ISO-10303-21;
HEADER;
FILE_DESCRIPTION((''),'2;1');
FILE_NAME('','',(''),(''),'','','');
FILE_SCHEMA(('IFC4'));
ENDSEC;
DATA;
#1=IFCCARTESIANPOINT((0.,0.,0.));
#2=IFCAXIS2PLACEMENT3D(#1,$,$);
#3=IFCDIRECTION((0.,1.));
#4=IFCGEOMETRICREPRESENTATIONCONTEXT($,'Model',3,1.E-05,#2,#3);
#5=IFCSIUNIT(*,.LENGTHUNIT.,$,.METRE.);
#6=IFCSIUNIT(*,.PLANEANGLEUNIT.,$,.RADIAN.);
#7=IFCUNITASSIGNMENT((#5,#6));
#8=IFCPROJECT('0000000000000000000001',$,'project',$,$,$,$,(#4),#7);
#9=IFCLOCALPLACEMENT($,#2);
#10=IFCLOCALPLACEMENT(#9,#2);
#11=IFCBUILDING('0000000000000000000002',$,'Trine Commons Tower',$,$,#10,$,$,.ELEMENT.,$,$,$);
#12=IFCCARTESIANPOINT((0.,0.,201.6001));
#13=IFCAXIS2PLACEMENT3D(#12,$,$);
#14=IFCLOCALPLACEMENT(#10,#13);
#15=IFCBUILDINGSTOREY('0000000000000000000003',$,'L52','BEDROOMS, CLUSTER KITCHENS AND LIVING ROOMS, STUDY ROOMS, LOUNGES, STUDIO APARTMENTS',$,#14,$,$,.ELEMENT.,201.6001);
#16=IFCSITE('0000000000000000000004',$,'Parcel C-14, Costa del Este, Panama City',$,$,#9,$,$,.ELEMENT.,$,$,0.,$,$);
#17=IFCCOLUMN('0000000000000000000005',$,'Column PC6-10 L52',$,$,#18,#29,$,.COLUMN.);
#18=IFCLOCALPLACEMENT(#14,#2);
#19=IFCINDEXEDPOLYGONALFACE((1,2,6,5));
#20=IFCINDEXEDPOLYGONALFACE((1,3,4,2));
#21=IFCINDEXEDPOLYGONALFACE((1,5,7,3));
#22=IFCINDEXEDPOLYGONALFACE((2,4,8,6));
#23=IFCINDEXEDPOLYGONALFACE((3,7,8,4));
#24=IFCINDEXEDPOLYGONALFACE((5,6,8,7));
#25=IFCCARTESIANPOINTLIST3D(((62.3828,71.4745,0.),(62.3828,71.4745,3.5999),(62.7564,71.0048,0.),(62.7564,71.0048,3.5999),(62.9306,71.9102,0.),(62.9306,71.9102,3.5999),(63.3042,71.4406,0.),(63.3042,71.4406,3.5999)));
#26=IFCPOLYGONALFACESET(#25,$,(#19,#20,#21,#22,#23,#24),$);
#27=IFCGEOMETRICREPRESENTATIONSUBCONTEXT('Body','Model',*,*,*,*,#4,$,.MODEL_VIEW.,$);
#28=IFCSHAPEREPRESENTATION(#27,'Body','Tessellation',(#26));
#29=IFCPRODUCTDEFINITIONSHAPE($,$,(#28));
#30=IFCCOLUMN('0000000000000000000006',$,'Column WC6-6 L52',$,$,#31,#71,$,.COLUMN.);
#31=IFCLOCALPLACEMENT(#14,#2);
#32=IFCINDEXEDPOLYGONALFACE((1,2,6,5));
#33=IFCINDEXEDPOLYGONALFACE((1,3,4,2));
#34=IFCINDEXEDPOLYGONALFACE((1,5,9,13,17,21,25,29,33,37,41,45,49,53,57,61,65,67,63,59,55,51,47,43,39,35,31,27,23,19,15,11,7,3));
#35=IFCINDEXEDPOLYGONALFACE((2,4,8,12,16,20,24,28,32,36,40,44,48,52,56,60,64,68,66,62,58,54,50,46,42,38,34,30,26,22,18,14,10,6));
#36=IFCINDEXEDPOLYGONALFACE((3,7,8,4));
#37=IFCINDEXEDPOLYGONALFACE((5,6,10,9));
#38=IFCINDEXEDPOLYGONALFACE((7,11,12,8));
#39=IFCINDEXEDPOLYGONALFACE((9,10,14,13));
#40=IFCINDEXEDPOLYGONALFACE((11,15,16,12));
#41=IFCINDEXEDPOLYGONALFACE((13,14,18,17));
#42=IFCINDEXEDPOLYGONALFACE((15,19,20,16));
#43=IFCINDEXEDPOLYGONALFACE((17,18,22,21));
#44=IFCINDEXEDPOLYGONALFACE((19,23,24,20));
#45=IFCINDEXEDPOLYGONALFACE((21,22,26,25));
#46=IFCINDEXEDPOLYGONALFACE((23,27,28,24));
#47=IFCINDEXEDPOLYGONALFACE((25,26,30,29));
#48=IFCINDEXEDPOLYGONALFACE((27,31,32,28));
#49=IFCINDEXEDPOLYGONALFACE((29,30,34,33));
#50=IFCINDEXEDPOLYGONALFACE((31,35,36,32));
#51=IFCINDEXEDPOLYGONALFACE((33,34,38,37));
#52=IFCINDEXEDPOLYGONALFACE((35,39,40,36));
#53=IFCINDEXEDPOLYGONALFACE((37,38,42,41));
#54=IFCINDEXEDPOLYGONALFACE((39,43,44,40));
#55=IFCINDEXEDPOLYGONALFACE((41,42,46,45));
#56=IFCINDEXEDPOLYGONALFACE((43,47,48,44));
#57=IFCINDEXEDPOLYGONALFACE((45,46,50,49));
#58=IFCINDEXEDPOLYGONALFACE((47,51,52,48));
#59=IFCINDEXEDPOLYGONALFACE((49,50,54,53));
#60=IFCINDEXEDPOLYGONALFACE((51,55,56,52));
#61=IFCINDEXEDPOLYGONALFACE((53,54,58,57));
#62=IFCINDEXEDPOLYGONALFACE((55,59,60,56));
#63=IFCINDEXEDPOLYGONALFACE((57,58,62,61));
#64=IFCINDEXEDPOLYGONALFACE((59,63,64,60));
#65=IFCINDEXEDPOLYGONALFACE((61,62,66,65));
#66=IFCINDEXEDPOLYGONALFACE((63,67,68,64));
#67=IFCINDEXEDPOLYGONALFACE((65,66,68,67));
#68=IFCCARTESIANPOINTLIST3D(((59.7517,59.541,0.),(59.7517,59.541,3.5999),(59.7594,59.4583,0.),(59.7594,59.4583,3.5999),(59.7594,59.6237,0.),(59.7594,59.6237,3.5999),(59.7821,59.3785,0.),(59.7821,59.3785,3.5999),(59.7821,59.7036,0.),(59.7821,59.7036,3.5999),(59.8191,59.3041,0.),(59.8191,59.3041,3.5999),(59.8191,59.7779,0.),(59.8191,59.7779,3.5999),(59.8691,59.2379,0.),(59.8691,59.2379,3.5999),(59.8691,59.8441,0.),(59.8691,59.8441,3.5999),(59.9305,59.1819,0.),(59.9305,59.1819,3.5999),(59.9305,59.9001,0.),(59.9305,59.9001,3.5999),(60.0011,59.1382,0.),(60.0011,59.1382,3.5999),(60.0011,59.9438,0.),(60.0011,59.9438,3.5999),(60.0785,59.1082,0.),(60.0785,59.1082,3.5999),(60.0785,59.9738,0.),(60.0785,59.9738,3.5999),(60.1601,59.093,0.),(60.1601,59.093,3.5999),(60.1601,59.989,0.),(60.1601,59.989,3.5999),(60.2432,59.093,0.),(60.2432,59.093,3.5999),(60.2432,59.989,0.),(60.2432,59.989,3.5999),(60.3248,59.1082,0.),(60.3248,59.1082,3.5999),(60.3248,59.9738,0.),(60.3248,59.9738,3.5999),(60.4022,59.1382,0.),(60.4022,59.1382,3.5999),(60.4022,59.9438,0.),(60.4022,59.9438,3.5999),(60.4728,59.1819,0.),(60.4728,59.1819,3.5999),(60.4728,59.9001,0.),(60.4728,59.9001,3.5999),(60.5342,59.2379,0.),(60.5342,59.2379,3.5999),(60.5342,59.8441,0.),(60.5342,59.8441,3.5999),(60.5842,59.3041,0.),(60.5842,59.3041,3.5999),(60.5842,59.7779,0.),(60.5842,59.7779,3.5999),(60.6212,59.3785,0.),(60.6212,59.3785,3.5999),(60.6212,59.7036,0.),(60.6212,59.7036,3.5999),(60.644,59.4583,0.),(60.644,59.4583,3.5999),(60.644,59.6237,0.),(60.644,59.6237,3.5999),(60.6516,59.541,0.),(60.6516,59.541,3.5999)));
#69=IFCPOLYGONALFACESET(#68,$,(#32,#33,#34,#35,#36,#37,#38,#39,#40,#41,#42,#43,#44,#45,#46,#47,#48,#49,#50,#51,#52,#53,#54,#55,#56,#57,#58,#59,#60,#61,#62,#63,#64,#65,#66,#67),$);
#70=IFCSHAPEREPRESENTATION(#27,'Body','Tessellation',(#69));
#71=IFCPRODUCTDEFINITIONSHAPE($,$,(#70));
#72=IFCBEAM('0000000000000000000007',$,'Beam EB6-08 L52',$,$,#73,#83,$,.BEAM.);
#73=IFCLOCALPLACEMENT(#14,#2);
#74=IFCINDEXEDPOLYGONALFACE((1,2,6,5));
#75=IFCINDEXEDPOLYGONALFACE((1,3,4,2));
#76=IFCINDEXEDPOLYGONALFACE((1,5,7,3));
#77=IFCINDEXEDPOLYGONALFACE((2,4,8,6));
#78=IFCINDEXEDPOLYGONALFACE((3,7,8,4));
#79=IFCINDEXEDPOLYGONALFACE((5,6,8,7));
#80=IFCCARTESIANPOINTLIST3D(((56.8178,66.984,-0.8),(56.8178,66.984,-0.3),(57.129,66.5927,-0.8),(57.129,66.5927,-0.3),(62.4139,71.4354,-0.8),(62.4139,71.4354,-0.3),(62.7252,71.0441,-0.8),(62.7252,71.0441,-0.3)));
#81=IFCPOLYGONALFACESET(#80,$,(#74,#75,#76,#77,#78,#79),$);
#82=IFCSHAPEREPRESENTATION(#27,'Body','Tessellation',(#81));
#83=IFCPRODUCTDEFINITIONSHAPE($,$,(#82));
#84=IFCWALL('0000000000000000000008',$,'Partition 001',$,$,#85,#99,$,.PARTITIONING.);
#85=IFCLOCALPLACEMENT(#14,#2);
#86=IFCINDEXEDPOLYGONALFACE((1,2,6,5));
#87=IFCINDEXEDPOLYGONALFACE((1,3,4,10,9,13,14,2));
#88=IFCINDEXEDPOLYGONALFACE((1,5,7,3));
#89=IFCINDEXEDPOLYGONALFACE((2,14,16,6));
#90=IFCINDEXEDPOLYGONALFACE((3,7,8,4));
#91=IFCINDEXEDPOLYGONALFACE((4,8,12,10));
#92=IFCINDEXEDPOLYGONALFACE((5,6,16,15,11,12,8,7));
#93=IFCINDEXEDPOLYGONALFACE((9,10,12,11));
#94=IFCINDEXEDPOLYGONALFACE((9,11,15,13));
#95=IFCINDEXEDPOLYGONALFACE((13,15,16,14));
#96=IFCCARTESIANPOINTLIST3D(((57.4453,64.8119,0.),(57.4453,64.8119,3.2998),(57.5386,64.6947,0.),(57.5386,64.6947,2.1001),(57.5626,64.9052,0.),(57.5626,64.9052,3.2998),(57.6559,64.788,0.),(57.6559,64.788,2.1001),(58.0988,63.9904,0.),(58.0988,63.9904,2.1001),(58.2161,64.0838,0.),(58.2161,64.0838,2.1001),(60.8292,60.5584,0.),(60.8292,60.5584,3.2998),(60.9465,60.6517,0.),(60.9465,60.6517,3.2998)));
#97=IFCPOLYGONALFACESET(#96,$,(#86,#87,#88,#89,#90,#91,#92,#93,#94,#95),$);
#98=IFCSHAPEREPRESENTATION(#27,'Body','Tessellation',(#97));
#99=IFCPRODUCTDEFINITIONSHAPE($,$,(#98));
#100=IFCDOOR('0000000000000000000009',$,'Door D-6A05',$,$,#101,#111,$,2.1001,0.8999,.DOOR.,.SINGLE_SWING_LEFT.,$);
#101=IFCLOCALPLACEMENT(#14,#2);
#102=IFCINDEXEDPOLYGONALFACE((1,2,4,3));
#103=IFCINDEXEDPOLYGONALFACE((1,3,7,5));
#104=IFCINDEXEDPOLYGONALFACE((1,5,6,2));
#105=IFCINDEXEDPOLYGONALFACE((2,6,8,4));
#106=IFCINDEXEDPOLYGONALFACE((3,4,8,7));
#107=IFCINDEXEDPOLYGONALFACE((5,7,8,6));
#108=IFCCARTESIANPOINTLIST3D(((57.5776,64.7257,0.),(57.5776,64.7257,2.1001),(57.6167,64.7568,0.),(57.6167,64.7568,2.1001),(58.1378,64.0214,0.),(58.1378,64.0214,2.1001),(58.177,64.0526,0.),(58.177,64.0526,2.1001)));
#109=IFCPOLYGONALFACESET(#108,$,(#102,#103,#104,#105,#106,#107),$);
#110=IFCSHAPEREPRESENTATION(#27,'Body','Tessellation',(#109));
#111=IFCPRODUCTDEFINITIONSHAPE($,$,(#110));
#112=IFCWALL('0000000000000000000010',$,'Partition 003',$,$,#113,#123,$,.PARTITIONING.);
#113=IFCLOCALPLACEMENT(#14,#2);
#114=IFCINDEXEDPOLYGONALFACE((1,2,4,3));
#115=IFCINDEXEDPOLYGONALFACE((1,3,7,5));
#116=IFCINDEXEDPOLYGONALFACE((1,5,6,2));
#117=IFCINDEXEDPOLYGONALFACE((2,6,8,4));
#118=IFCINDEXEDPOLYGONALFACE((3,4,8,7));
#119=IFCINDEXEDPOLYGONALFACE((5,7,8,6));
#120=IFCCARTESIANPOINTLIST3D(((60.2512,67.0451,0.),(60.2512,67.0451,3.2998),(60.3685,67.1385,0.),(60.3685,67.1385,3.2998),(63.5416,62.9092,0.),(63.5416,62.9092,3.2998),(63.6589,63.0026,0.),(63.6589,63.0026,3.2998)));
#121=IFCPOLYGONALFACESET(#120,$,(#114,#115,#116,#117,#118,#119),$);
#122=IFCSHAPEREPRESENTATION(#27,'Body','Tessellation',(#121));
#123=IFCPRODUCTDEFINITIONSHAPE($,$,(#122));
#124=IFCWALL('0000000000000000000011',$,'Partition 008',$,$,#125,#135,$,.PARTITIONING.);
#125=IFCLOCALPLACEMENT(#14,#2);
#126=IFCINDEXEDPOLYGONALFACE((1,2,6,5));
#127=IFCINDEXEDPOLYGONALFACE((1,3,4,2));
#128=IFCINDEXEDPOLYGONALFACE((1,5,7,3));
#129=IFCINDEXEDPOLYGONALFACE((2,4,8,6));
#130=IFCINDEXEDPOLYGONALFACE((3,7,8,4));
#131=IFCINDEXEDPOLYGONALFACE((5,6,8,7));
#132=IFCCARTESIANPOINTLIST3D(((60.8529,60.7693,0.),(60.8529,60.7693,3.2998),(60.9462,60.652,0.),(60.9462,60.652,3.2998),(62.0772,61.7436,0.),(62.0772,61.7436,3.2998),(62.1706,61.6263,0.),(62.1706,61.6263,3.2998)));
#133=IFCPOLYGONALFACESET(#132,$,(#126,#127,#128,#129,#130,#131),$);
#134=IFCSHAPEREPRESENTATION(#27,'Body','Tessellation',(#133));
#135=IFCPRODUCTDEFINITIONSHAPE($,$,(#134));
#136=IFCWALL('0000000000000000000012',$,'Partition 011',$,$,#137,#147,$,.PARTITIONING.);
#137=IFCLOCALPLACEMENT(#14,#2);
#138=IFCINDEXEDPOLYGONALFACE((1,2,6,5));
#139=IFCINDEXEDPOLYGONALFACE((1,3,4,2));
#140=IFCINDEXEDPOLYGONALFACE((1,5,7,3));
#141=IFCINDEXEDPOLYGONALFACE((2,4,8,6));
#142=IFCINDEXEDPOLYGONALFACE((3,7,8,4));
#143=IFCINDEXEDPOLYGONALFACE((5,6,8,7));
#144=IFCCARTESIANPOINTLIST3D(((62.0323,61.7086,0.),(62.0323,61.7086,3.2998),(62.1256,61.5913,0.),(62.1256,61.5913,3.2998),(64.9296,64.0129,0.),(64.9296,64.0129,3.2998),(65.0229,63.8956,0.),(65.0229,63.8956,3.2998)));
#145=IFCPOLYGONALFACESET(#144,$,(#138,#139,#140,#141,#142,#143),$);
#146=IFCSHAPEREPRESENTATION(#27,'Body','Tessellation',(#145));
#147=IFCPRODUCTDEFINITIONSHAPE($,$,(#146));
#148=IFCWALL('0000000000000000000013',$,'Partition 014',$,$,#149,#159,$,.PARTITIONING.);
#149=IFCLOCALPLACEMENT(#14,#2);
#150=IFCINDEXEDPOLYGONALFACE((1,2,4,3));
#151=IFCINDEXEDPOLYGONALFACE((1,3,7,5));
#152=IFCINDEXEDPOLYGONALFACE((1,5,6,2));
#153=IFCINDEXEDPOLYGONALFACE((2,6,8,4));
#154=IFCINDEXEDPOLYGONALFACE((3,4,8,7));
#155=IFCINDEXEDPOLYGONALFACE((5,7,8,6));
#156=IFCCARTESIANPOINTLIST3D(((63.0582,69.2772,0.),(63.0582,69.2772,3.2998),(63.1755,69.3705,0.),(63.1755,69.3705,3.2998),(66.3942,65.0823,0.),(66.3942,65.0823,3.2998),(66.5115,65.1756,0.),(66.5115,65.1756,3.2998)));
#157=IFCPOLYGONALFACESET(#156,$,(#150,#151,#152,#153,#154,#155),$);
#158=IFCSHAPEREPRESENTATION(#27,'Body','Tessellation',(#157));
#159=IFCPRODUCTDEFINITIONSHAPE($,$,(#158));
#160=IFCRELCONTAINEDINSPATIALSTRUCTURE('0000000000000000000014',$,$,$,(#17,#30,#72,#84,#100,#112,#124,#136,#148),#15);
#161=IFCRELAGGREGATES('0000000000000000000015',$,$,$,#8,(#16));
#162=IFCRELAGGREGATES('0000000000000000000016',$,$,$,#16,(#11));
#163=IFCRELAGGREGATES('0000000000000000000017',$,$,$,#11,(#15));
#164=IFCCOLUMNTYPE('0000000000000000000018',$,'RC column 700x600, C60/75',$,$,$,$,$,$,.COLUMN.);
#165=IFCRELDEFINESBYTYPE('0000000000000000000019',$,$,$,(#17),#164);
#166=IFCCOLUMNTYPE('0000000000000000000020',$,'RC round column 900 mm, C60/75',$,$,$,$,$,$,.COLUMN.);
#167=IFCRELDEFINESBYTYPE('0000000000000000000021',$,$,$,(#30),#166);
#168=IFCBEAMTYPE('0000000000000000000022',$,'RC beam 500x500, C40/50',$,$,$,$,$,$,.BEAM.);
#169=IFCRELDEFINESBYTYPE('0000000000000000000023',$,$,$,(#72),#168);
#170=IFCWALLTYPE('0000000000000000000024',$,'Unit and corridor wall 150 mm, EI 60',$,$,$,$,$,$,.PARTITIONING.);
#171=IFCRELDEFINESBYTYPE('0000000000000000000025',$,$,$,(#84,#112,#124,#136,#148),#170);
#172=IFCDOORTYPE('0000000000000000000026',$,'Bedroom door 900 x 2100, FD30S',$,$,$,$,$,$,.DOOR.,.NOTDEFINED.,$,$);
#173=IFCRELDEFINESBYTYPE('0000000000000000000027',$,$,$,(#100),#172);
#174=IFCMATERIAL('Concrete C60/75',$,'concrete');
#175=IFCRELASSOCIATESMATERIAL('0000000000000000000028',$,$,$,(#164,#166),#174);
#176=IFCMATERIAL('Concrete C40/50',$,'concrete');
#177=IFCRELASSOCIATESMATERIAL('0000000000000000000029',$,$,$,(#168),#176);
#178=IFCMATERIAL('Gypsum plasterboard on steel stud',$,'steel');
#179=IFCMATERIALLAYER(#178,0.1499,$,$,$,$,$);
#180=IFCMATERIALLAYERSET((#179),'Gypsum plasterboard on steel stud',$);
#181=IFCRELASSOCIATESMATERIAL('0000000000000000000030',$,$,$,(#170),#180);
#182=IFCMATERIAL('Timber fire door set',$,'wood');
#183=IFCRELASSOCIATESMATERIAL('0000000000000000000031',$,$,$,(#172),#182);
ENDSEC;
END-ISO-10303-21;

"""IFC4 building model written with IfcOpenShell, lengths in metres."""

from ifc_helpers import new_model, si_unit, direction, frame, frame_2d, origin, origin_2d, place, context, subcontext, project, spatial, rectangle, circle, extrude, material, layer, layer_set, material_profile, profile_set, type_object, element, fill, save


model = new_model("IFC4")

# Units and contexts
model_context = context("Model", 3, precision=1e-05, world=origin(), true_north=direction((0.0, 1.0)))
body_context = subcontext(model_context, "Body", "Model", "MODEL_VIEW")
ifc_project = project(units=[si_unit("LENGTHUNIT", "METRE"), si_unit("PLANEANGLEUNIT", "RADIAN")], contexts=[model_context])

# Site, building, storey
site_placement = place(None, origin())
site = spatial("IfcSite", under=ifc_project, at=site_placement, Name="Parcel C-14, Costa del Este, Panama City", CompositionType="ELEMENT", RefElevation=0.0)
building_placement = place(site_placement, origin())
building = spatial("IfcBuilding", under=site, at=building_placement, Name="Trine Commons Tower", CompositionType="ELEMENT")
storey_placement = place(building_placement, frame((0.0, 0.0, 201.6001)))
storey = spatial("IfcBuildingStorey", under=building, at=storey_placement, Name="L52", Description="BEDROOMS, CLUSTER KITCHENS AND LIVING ROOMS, STUDY ROOMS, LOUNGES, STUDIO APARTMENTS", CompositionType="ELEMENT", Elevation=201.6001)

# Columns
ifc_material_1 = material(Name="Concrete C60/75", Category="concrete")
ifc_material_profile_1 = material_profile(ifc_material_1, rectangle(XDim=0.7, YDim=0.6001, at=origin_2d()), Name="RC 700x600")
ifc_profile_set_1 = profile_set([ifc_material_profile_1], Name="Concrete C60/75")
column_type_1 = type_object("IfcColumnType", Name="RC column 700x600, C60/75", PredefinedType="COLUMN", material=ifc_profile_set_1)
column_1_placement = place(storey_placement, frame((62.8435, 71.4575, 0.0), z_axis=(0.0, 0.0, 1.0), x_axis=(0.782608, 0.622515, 0.0)))
element("IfcColumn", 1, at=column_1_placement, inside=storey, type_object=column_type_1, Name="Column PC6-10 L52", PredefinedType="COLUMN", context=body_context, shape_type="SweptSolid", body=[
    extrude(rectangle(XDim=0.7, YDim=0.6001, at=origin_2d()), origin(), (0.0, 0.0, 1.0), 3.5999),
])
ifc_material_profile_2 = material_profile(ifc_material_1, circle(Radius=0.45, at=origin_2d()), Name="RC round 900")
ifc_profile_set_2 = profile_set([ifc_material_profile_2], Name="Concrete C60/75")
column_type_2 = type_object("IfcColumnType", Name="RC round column 900 mm, C60/75", PredefinedType="COLUMN", material=ifc_profile_set_2)
column_2_placement = place(storey_placement, frame((60.2017, 59.541, 0.0), z_axis=(0.0, 0.0, 1.0), x_axis=(1.0, 0.0, 0.0)))
element("IfcColumn", 2, at=column_2_placement, inside=storey, type_object=column_type_2, Name="Column WC6-6 L52", PredefinedType="COLUMN", context=body_context, shape_type="SweptSolid", body=[
    extrude(circle(Radius=0.45, at=origin_2d()), origin(), (0.0, 0.0, 1.0), 3.5999),
])

# Beam
ifc_material_2 = material(Name="Concrete C40/50", Category="concrete")
ifc_material_profile_3 = material_profile(ifc_material_2, rectangle(XDim=0.5, YDim=0.5, at=origin_2d()), Name="RC 500x500")
ifc_profile_set_3 = profile_set([ifc_material_profile_3], Name="Concrete C40/50")
beam_type = type_object("IfcBeamType", Name="RC beam 500x500, C40/50", PredefinedType="BEAM", material=ifc_profile_set_3)
beam_placement = place(storey_placement, frame((56.9734, 66.7883, -0.55), z_axis=(0.782608, 0.622515, 0.0), x_axis=(-0.622515, 0.782608, 0.0)))
element("IfcBeam", 3, at=beam_placement, inside=storey, type_object=beam_type, Name="Beam EB6-08 L52", PredefinedType="BEAM", context=body_context, shape_type="SweptSolid", body=[
    extrude(rectangle(XDim=0.5, YDim=0.5, at=origin_2d()), origin(), (0.0, 0.0, 1.0), 7.1506),
])

# Wall, opening, door
ifc_material_3 = material(Name="Gypsum plasterboard on steel stud", Category="steel")
ifc_layer_1 = layer(ifc_material_3, 0.1499)
ifc_layer_set_1 = layer_set([ifc_layer_1], Name="Gypsum plasterboard on steel stud")
wall_type_1 = type_object("IfcWallType", Name="Unit and corridor wall 150 mm, EI 60", PredefinedType="PARTITIONING", material=ifc_layer_set_1)
wall_1_placement = place(storey_placement, frame((57.5039, 64.8586, 0.0), z_axis=(0.0, 0.0, 1.0), x_axis=(0.622567, -0.782566, 0.0)))
wall_1 = element("IfcWall", 4, at=wall_1_placement, inside=storey, type_object=wall_type_1, Name="Partition 001", PredefinedType="PARTITIONING", context=body_context, shape_type="SweptSolid", body=[
    extrude(rectangle(XDim=5.4353, YDim=0.1499, at=frame_2d((2.7178, 0.0))), origin(), (0.0, 0.0, 1.0), 3.2998),
])
opening_1_placement = place(wall_1_placement, frame((0.1499, 0.0, 0.0)))
opening_1 = element("IfcOpeningElement", 5, at=opening_1_placement, cuts=wall_1, PredefinedType="OPENING", context=body_context, shape_type="SweptSolid", body=[
    extrude(rectangle(XDim=0.8999, YDim=2.1001, at=frame_2d((0.45, 1.05))), frame((0.0, 0.085, 0.0), z_axis=(0.0, -1.0, 0.0), x_axis=(1.0, 0.0, 0.0)), (0.0, 0.0, 1.0), 0.1699),
])
ifc_material_4 = material(Name="Timber fire door set", Category="wood")
door_type_1 = type_object("IfcDoorType", Name="Bedroom door 900 x 2100, FD30S", OperationType="NOTDEFINED", PredefinedType="DOOR", material=ifc_material_4)
door_1_placement = place(opening_1_placement, origin())
door_1 = element("IfcDoor", 6, at=door_1_placement, inside=storey, type_object=door_type_1, Name="Door D-6A05", OperationType="SINGLE_SWING_LEFT", OverallHeight=2.1001, OverallWidth=0.8999, PredefinedType="DOOR", context=body_context, shape_type="SweptSolid", body=[
    extrude(rectangle(XDim=0.8999, YDim=2.1001, at=frame_2d((0.45, 1.05))), frame((0.0, 0.0249, 0.0), z_axis=(0.0, -1.0, 0.0), x_axis=(1.0, 0.0, 0.0)), (0.0, 0.0, 1.0), 0.05),
])
fill(opening_1, door_1)

# Walls
wall_2_placement = place(storey_placement, frame((60.3098, 67.0918, 0.0), z_axis=(0.0, 0.0, 1.0), x_axis=(0.622586, -0.782551, 0.0)))
element("IfcWall", 7, at=wall_2_placement, inside=storey, type_object=wall_type_1, Name="Partition 003", PredefinedType="PARTITIONING", context=body_context, shape_type="SweptSolid", body=[
    extrude(rectangle(XDim=5.2852, YDim=0.1499, at=frame_2d((2.6426, 0.0))), origin(), (0.0, 0.0, 1.0), 3.2998),
])
wall_3_placement = place(storey_placement, frame((60.8997, 60.7107, 0.0), z_axis=(0.0, 0.0, 1.0), x_axis=(0.782465, 0.622695, 0.0)))
element("IfcWall", 8, at=wall_3_placement, inside=storey, type_object=wall_type_1, Name="Partition 008", PredefinedType="PARTITIONING", context=body_context, shape_type="SweptSolid", body=[
    extrude(rectangle(XDim=1.5647, YDim=0.1499, at=frame_2d((0.7822, 0.0))), origin(), (0.0, 0.0, 1.0), 3.2998),
])
wall_4_placement = place(storey_placement, frame((62.0789, 61.6499, 0.0), z_axis=(0.0, 0.0, 1.0), x_axis=(0.782654, 0.622457, 0.0)))
element("IfcWall", 9, at=wall_4_placement, inside=storey, type_object=wall_type_1, Name="Partition 011", PredefinedType="PARTITIONING", context=body_context, shape_type="SweptSolid", body=[
    extrude(rectangle(XDim=3.7019, YDim=0.1499, at=frame_2d((1.8511, 0.0))), origin(), (0.0, 0.0, 1.0), 3.2998),
])
wall_5_placement = place(storey_placement, frame((63.1169, 69.3237, 0.0), z_axis=(0.0, 0.0, 1.0), x_axis=(0.622426, -0.782679, 0.0)))
element("IfcWall", 10, at=wall_5_placement, inside=storey, type_object=wall_type_1, Name="Partition 014", PredefinedType="PARTITIONING", context=body_context, shape_type="SweptSolid", body=[
    extrude(rectangle(XDim=5.3596, YDim=0.1499, at=frame_2d((2.6797, 0.0))), origin(), (0.0, 0.0, 1.0), 3.2998),
])

save(model, "model.ifc")
